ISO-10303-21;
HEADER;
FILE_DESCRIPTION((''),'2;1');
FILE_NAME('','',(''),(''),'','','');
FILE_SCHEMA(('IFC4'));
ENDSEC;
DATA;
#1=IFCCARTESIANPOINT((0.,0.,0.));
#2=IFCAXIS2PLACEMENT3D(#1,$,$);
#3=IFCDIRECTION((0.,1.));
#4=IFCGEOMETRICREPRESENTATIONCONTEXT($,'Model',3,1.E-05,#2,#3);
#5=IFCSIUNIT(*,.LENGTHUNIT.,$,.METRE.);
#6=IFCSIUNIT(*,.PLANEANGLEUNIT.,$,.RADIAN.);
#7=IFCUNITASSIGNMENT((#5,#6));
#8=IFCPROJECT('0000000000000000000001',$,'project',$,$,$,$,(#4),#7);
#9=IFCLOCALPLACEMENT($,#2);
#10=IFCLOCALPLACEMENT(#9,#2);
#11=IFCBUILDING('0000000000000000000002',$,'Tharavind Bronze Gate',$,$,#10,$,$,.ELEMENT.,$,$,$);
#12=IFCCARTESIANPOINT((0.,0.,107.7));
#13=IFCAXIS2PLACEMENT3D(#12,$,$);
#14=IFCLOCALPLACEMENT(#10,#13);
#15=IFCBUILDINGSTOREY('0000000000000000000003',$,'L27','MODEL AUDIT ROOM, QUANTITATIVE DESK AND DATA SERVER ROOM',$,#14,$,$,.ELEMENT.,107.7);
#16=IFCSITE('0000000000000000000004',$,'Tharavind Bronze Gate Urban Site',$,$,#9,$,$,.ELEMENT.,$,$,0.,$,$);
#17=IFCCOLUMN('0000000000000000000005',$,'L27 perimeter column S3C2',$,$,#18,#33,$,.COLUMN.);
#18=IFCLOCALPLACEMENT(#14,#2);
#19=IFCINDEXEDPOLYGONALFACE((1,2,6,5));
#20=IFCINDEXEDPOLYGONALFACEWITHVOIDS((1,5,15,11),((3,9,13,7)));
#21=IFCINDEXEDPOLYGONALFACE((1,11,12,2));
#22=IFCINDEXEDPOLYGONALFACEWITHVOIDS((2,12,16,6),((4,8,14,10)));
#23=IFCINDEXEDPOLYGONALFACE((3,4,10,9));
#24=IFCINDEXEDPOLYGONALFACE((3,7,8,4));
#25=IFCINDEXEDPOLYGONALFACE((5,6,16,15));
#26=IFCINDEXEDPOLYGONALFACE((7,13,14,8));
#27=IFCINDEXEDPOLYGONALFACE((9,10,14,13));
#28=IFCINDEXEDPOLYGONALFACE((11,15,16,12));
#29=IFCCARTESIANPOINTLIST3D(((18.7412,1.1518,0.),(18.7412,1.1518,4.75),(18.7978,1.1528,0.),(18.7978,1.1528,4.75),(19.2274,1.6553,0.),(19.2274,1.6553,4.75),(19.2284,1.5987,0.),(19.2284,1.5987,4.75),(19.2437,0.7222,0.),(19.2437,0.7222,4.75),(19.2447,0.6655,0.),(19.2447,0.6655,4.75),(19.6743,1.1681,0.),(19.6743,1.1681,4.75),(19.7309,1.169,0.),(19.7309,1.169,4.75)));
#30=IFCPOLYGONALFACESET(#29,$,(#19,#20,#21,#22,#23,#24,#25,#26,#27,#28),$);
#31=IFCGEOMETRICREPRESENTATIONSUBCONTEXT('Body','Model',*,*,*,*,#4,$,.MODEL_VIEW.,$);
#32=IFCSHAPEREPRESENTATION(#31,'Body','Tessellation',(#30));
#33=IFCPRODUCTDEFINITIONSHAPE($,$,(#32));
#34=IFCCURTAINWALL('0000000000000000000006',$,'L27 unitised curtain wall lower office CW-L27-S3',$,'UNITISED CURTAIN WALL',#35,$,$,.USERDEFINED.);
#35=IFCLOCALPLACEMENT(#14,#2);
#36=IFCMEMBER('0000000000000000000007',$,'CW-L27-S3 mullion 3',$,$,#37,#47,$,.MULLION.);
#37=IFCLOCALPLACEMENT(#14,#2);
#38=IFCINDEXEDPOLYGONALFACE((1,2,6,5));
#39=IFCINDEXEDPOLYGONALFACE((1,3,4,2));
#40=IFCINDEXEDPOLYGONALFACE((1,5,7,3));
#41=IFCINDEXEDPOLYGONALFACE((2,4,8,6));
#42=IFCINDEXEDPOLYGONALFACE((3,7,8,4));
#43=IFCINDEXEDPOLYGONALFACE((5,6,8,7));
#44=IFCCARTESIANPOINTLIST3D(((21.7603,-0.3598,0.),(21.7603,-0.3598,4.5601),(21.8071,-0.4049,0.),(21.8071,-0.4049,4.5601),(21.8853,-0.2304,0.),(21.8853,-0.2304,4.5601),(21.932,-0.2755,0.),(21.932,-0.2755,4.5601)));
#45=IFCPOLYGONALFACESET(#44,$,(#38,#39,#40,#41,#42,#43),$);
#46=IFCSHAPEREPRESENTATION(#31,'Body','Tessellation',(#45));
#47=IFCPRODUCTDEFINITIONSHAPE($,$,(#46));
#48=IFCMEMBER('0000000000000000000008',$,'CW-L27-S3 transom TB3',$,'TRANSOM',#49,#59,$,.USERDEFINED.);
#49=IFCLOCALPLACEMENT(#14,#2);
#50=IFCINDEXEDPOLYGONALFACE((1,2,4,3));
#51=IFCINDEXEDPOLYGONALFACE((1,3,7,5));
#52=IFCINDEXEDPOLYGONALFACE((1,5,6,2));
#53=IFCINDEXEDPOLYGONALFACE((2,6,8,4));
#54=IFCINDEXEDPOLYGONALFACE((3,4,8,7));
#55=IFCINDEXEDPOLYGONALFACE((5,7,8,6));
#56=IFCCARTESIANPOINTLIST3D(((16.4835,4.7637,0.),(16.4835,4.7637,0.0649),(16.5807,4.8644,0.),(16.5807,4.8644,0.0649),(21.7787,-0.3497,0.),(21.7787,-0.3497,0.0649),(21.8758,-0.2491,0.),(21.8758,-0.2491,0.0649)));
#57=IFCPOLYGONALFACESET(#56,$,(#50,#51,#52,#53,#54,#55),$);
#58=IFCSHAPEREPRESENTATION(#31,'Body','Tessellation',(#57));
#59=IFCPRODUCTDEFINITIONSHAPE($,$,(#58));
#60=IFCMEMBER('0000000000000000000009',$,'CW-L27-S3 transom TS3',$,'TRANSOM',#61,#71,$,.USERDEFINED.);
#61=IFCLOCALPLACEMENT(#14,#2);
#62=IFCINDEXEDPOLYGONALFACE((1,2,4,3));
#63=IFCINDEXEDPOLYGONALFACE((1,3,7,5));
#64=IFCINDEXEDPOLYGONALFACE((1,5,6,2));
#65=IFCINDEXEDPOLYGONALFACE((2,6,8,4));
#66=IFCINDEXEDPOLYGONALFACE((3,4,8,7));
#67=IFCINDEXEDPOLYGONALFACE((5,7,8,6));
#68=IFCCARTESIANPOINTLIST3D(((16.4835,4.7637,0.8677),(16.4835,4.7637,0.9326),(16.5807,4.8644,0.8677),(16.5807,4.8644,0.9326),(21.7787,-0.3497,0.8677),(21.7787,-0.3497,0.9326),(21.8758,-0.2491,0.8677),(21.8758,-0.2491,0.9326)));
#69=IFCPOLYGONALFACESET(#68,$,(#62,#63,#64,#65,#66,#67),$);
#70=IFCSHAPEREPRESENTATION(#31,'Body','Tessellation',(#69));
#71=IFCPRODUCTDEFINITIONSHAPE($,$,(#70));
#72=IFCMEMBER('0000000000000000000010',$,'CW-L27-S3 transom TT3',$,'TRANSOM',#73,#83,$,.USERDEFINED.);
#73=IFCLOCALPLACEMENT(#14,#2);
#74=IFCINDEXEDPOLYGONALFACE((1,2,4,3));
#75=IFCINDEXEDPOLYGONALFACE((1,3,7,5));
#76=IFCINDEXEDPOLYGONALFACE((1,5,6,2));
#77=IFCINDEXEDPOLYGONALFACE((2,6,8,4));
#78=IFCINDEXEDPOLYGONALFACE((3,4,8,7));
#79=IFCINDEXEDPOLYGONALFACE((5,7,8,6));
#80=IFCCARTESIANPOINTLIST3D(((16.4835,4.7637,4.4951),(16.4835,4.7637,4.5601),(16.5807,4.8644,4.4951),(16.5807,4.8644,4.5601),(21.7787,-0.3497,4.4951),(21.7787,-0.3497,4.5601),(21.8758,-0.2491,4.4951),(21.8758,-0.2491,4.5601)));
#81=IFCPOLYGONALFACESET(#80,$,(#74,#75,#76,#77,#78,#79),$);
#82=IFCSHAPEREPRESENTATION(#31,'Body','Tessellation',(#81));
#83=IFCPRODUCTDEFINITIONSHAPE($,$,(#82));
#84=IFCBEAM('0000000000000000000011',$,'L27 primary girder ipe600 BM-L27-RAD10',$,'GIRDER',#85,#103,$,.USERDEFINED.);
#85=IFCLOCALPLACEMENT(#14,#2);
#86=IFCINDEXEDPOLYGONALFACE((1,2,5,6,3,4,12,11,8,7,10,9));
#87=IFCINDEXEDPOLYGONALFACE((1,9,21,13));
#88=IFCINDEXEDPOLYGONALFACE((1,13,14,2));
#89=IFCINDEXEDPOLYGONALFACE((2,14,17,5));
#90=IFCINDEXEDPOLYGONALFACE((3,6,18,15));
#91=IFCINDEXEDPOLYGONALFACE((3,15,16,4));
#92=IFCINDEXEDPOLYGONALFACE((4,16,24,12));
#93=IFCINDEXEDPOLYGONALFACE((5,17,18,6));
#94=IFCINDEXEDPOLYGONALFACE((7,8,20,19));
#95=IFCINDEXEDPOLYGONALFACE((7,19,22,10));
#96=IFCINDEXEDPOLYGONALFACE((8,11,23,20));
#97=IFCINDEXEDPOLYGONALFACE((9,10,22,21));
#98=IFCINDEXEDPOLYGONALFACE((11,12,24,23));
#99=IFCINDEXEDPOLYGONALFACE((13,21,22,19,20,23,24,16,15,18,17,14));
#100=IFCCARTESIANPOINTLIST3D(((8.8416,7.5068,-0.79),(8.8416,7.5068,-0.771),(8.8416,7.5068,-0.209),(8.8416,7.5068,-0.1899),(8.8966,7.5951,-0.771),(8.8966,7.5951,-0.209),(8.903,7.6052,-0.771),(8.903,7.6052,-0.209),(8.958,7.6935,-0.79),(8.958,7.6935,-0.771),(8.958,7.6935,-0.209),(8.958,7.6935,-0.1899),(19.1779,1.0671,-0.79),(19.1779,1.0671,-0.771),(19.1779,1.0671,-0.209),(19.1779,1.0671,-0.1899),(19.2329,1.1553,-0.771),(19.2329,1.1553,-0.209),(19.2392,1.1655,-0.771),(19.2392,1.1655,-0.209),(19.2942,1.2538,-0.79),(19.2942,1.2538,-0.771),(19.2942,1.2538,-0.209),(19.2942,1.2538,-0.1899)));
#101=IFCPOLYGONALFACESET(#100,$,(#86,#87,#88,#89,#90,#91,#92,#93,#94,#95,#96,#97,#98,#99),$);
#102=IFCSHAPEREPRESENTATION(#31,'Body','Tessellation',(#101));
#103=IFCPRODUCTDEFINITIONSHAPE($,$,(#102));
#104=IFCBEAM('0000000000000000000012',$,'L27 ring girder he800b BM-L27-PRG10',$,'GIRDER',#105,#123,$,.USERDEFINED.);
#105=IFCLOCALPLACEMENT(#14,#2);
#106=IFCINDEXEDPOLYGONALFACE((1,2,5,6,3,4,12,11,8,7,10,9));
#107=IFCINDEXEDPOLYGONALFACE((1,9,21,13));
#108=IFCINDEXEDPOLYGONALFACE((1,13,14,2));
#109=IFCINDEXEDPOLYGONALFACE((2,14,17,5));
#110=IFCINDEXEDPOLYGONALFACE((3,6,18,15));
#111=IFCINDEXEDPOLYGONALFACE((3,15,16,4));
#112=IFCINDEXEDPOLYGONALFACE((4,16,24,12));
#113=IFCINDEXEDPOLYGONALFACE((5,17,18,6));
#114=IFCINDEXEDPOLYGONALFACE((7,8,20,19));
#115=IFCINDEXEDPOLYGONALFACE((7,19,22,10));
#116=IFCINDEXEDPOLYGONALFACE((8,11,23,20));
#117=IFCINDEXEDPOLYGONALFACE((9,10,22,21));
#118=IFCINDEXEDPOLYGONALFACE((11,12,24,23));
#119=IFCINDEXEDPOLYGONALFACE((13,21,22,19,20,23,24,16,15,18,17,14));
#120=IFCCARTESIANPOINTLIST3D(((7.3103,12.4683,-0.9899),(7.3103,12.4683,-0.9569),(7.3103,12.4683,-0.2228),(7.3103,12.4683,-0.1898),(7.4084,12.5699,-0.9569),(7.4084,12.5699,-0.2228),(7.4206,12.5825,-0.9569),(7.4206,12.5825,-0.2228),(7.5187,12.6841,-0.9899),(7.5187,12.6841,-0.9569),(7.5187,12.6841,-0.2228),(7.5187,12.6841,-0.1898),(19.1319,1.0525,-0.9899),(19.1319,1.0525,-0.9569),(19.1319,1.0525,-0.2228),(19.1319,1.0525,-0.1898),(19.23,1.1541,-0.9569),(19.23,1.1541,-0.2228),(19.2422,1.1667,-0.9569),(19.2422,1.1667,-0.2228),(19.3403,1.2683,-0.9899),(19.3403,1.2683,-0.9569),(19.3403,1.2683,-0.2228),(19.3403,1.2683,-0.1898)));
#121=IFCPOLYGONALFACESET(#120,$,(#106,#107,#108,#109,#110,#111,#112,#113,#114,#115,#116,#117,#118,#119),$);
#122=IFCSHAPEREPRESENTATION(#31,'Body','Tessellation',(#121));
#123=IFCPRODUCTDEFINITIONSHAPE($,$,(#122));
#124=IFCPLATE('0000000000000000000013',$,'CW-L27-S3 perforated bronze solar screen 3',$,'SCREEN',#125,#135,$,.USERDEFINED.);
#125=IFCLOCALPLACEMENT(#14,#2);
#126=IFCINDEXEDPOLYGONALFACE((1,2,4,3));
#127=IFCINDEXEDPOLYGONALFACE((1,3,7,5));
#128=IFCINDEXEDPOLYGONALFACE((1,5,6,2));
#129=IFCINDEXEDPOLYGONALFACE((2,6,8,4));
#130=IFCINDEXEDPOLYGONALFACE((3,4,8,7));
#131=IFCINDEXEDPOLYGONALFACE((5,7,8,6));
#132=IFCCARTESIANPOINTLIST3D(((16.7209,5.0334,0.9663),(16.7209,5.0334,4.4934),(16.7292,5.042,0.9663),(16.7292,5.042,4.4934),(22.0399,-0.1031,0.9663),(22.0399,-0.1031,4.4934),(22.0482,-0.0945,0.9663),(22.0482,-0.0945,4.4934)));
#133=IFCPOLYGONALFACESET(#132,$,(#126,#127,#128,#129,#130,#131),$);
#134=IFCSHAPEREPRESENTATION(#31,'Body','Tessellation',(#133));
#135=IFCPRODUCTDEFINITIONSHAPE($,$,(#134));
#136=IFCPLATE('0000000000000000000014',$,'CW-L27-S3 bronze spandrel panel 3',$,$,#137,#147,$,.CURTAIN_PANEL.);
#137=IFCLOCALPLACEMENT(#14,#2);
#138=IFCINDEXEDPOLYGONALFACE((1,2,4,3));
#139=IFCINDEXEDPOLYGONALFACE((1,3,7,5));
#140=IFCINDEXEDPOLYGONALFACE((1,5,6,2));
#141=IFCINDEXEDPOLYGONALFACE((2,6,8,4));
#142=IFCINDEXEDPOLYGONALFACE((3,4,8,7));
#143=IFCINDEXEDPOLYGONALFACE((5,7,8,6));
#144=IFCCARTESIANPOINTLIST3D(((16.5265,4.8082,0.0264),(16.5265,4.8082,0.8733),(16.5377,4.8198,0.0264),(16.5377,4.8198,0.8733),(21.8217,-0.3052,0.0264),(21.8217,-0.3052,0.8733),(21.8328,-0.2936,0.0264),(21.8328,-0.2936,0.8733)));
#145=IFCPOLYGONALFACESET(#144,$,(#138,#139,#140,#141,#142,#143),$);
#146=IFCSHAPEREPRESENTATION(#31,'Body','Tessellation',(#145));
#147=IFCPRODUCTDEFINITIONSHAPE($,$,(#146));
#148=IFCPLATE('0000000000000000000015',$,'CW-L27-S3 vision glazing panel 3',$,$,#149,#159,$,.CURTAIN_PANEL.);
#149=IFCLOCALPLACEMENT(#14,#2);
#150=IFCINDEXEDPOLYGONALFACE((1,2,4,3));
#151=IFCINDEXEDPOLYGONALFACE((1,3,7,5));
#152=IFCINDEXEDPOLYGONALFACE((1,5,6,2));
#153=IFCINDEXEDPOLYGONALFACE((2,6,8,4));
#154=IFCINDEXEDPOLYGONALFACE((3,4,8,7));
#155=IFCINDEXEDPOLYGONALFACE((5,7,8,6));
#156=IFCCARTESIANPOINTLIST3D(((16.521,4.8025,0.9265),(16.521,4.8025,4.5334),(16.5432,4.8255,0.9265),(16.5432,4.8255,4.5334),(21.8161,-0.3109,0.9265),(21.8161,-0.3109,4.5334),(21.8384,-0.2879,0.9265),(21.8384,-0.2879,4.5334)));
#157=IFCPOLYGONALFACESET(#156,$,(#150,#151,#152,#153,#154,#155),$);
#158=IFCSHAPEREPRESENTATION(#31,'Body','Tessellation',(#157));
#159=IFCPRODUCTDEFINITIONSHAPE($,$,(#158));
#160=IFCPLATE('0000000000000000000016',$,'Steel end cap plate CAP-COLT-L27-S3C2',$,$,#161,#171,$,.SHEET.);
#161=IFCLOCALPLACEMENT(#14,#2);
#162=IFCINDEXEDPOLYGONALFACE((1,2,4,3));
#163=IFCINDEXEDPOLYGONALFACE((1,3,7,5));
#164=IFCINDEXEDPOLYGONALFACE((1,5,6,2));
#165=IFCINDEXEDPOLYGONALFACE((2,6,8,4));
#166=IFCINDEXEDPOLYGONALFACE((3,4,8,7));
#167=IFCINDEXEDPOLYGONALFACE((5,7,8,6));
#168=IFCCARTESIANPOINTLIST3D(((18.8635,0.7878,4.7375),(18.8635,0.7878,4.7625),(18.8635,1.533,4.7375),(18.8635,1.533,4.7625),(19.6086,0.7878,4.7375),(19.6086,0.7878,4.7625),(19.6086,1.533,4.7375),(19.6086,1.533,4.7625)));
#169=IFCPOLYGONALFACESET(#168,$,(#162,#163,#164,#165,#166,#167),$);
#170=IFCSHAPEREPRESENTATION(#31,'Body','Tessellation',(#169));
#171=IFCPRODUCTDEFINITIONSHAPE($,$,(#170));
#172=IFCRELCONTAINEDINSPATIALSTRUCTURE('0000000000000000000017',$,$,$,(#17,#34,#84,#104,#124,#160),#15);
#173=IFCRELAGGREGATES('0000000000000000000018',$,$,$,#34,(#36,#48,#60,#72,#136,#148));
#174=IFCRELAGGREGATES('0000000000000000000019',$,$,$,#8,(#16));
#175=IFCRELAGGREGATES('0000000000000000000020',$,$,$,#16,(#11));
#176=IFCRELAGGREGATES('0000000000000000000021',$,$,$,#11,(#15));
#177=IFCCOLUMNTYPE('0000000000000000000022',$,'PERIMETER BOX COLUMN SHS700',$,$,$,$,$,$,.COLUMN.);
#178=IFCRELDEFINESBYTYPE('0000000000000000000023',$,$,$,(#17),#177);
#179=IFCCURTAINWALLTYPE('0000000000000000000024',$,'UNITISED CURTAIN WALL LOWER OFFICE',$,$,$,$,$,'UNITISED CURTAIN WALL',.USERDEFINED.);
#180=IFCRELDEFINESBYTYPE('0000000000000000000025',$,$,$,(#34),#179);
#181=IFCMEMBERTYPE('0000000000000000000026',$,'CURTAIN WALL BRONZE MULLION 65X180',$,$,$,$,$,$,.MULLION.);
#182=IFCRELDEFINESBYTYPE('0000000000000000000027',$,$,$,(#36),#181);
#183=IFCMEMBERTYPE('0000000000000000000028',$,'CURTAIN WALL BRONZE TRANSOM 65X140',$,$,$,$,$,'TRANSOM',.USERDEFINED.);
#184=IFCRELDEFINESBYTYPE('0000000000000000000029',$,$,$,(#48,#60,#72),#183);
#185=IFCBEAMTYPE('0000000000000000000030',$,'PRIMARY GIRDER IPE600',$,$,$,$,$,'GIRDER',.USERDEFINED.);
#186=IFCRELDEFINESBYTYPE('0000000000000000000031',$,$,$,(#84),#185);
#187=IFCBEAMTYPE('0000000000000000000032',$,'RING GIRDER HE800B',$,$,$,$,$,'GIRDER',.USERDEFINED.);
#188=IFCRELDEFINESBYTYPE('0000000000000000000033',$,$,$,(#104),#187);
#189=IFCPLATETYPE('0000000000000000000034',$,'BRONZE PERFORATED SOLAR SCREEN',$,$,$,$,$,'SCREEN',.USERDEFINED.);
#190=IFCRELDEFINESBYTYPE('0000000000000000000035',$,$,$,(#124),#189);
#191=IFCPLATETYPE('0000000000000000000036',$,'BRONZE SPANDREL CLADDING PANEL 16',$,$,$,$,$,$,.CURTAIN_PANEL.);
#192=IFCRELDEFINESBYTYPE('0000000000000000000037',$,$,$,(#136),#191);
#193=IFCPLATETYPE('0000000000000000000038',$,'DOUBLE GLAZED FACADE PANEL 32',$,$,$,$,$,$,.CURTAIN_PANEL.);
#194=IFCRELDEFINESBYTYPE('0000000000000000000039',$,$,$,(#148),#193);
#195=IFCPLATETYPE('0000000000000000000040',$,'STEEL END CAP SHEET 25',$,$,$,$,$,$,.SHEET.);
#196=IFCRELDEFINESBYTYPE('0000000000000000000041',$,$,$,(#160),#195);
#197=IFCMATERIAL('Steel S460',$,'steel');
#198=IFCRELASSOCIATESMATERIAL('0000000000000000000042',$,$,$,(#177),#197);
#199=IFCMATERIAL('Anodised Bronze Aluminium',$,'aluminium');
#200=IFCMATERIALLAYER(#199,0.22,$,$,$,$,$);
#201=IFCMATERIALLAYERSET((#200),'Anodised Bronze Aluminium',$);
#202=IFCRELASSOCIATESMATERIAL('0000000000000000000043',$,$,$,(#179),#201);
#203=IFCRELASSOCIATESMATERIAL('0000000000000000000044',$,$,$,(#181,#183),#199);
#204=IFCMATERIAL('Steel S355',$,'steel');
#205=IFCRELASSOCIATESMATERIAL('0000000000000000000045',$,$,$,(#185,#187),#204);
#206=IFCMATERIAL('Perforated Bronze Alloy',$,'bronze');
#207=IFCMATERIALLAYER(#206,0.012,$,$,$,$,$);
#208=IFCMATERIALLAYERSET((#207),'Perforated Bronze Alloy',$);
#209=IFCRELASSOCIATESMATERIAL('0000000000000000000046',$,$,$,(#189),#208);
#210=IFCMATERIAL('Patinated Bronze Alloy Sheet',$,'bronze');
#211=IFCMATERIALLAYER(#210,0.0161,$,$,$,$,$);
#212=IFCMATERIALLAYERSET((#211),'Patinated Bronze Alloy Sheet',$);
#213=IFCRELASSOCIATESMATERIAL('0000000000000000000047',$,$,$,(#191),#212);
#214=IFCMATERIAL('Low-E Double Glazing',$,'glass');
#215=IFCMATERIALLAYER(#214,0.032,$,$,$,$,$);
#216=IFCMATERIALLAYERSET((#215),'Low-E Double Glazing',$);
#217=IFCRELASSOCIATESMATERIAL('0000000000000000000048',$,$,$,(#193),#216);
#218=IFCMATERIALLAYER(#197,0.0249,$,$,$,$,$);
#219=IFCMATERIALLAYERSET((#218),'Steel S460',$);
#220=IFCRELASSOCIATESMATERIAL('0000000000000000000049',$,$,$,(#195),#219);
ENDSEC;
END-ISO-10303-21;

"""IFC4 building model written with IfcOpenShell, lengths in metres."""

from ifc_helpers import new_model, si_unit, direction, frame, origin, origin_2d, place, context, subcontext, project, spatial, rectangle, hollow_rectangle, i_section, extrude, material, layer, layer_set, material_profile, profile_set, type_object, element, aggregate, save


model = new_model("IFC4")

# Units and contexts
model_context = context("Model", 3, precision=1e-05, world=origin(), true_north=direction((0.0, 1.0)))
body_context = subcontext(model_context, "Body", "Model", "MODEL_VIEW")
ifc_project = project(units=[si_unit("LENGTHUNIT", "METRE"), si_unit("PLANEANGLEUNIT", "RADIAN")], contexts=[model_context])

# Site, building, storey
site_placement = place(None, origin())
site = spatial("IfcSite", under=ifc_project, at=site_placement, Name="Tharavind Bronze Gate Urban Site", CompositionType="ELEMENT", RefElevation=0.0)
building_placement = place(site_placement, origin())
building = spatial("IfcBuilding", under=site, at=building_placement, Name="Tharavind Bronze Gate", CompositionType="ELEMENT")
storey_placement = place(building_placement, frame((0.0, 0.0, 107.7)))
storey = spatial("IfcBuildingStorey", under=building, at=storey_placement, Name="L27", Description="MODEL AUDIT ROOM, QUANTITATIVE DESK AND DATA SERVER ROOM", CompositionType="ELEMENT", Elevation=107.7)

# Column
ifc_material_1 = material(Name="Steel S460", Category="steel")
ifc_material_profile_1 = material_profile(ifc_material_1, hollow_rectangle(XDim=0.7, YDim=0.7, WallThickness=0.04, at=origin_2d()), Name="SHS700X40")
ifc_profile_set_1 = profile_set([ifc_material_profile_1], Name="Steel S460")
column_type = type_object("IfcColumnType", Name="PERIMETER BOX COLUMN SHS700", PredefinedType="COLUMN", material=ifc_profile_set_1)
column_placement = place(storey_placement, frame((19.2361, 1.1604, 0.0), z_axis=(0.0, 0.0, 1.0), x_axis=(-0.71934, 0.694658, 0.0)))
element("IfcColumn", 1, at=column_placement, inside=storey, type_object=column_type, Name="L27 perimeter column S3C2", PredefinedType="COLUMN", context=body_context, shape_type="SweptSolid", body=[
    extrude(hollow_rectangle(XDim=0.7, YDim=0.7, WallThickness=0.04, at=origin_2d()), origin(), (0.0, 0.0, 1.0), 4.75),
])

# Curtain wall, members
ifc_material_2 = material(Name="Anodised Bronze Aluminium", Category="aluminium")
ifc_layer_1 = layer(ifc_material_2, 0.22)
ifc_layer_set_1 = layer_set([ifc_layer_1], Name="Anodised Bronze Aluminium")
curtain_wall_type = type_object("IfcCurtainWallType", Name="UNITISED CURTAIN WALL LOWER OFFICE", ElementType="UNITISED CURTAIN WALL", PredefinedType="USERDEFINED", material=ifc_layer_set_1)
curtain_wall_placement = place(storey_placement, origin())
curtain_wall = element("IfcCurtainWall", 2, at=curtain_wall_placement, inside=storey, type_object=curtain_wall_type, Name="L27 unitised curtain wall lower office CW-L27-S3", ObjectType="UNITISED CURTAIN WALL", PredefinedType="USERDEFINED")
member_type_1 = type_object("IfcMemberType", Name="CURTAIN WALL BRONZE MULLION 65X180", PredefinedType="MULLION", material=ifc_material_2)
member_1_placement = place(storey_placement, frame((21.8462, -0.3176, 0.0), z_axis=(0.0, 0.0, 1.0), x_axis=(-0.719341, 0.694657, 0.0)))
member_1 = element("IfcMember", 3, at=member_1_placement, type_object=member_type_1, Name="CW-L27-S3 mullion 3", PredefinedType="MULLION", context=body_context, shape_type="SweptSolid", body=[
    extrude(rectangle(XDim=0.0649, YDim=0.1799, at=origin_2d()), origin(), (0.0, 0.0, 1.0), 4.5601),
])
member_type_2 = type_object("IfcMemberType", Name="CURTAIN WALL BRONZE TRANSOM 65X140", ElementType="TRANSOM", PredefinedType="USERDEFINED", material=ifc_material_2)
member_2_placement = place(storey_placement, frame((19.1797, 2.2573, 0.0), z_axis=(0.0, 0.0, 1.0), x_axis=(-0.719341, 0.694657, 0.0)))
member_2 = element("IfcMember", 4, at=member_2_placement, type_object=member_type_2, Name="CW-L27-S3 transom TB3", ObjectType="TRANSOM", PredefinedType="USERDEFINED", context=body_context, shape_type="SweptSolid", body=[
    extrude(rectangle(XDim=7.3611, YDim=0.1399, at=origin_2d()), origin(), (0.0, 0.0, 1.0), 0.0649),
])
member_3_placement = place(storey_placement, frame((19.1797, 2.2573, 0.8677), z_axis=(0.0, 0.0, 1.0), x_axis=(-0.719341, 0.694657, 0.0)))
member_3 = element("IfcMember", 5, at=member_3_placement, type_object=member_type_2, Name="CW-L27-S3 transom TS3", ObjectType="TRANSOM", PredefinedType="USERDEFINED", context=body_context, shape_type="SweptSolid", body=[
    extrude(rectangle(XDim=7.3611, YDim=0.1399, at=origin_2d()), origin(), (0.0, 0.0, 1.0), 0.0649),
])
member_4_placement = place(storey_placement, frame((19.1797, 2.2573, 4.4951), z_axis=(0.0, 0.0, 1.0), x_axis=(-0.719341, 0.694657, 0.0)))
member_4 = element("IfcMember", 6, at=member_4_placement, type_object=member_type_2, Name="CW-L27-S3 transom TT3", ObjectType="TRANSOM", PredefinedType="USERDEFINED", context=body_context, shape_type="SweptSolid", body=[
    extrude(rectangle(XDim=7.3611, YDim=0.1399, at=origin_2d()), origin(), (0.0, 0.0, 1.0), 0.0649),
])

# Beams
ifc_material_3 = material(Name="Steel S355", Category="steel")
ifc_material_profile_2 = material_profile(ifc_material_3, i_section(OverallWidth=0.22, OverallDepth=0.6001, WebThickness=0.012, FlangeThickness=0.019, at=origin_2d()), Name="IPE600")
ifc_profile_set_2 = profile_set([ifc_material_profile_2], Name="Steel S355")
beam_type_1 = type_object("IfcBeamType", Name="PRIMARY GIRDER IPE600", ElementType="GIRDER", PredefinedType="USERDEFINED", material=ifc_profile_set_2)
beam_1_placement = place(storey_placement, frame((19.2361, 1.1604, -0.49), z_axis=(-0.848751, 0.528793, 0.0), x_axis=(-0.528793, -0.848751, 0.0)))
element("IfcBeam", 7, at=beam_1_placement, inside=storey, type_object=beam_type_1, Name="L27 primary girder ipe600 BM-L27-RAD10", ObjectType="GIRDER", PredefinedType="USERDEFINED", context=body_context, shape_type="SweptSolid", body=[
    extrude(i_section(OverallWidth=0.22, OverallDepth=0.6001, WebThickness=0.012, FlangeThickness=0.019, at=origin_2d()), origin(), (0.0, 0.0, 1.0), 12.1782),
])
ifc_material_profile_3 = material_profile(ifc_material_3, i_section(OverallWidth=0.3, OverallDepth=0.8, WebThickness=0.0176, FlangeThickness=0.033, at=origin_2d()), Name="HE800B")
ifc_profile_set_3 = profile_set([ifc_material_profile_3], Name="Steel S355")
beam_type_2 = type_object("IfcBeamType", Name="RING GIRDER HE800B", ElementType="GIRDER", PredefinedType="USERDEFINED", material=ifc_profile_set_3)
beam_2_placement = place(storey_placement, frame((19.2361, 1.1604, -0.5898), z_axis=(-0.719344, 0.694654, 0.0), x_axis=(-0.694654, -0.719344, 0.0)))
element("IfcBeam", 8, at=beam_2_placement, inside=storey, type_object=beam_type_2, Name="L27 ring girder he800b BM-L27-PRG10", ObjectType="GIRDER", PredefinedType="USERDEFINED", context=body_context, shape_type="SweptSolid", body=[
    extrude(i_section(OverallWidth=0.3, OverallDepth=0.8, WebThickness=0.0176, FlangeThickness=0.033, at=origin_2d()), origin(), (0.0, 0.0, 1.0), 16.4338),
])

# Plates
ifc_material_4 = material(Name="Perforated Bronze Alloy", Category="bronze")
ifc_layer_2 = layer(ifc_material_4, 0.012)
ifc_layer_set_2 = layer_set([ifc_layer_2], Name="Perforated Bronze Alloy")
plate_type_1 = type_object("IfcPlateType", Name="BRONZE PERFORATED SOLAR SCREEN", ElementType="SCREEN", PredefinedType="USERDEFINED", material=ifc_layer_set_2)
plate_1_placement = place(storey_placement, frame((19.3845, 2.4695, 0.9663), z_axis=(0.0, 0.0, 1.0), x_axis=(-0.719341, 0.694657, 0.0)))
element("IfcPlate", 9, at=plate_1_placement, inside=storey, type_object=plate_type_1, Name="CW-L27-S3 perforated bronze solar screen 3", ObjectType="SCREEN", PredefinedType="USERDEFINED", context=body_context, shape_type="SweptSolid", body=[
    extrude(rectangle(XDim=7.3943, YDim=0.012, at=origin_2d()), origin(), (0.0, 0.0, 1.0), 3.5271),
])
ifc_material_5 = material(Name="Patinated Bronze Alloy Sheet", Category="bronze")
ifc_layer_3 = layer(ifc_material_5, 0.0161)
ifc_layer_set_3 = layer_set([ifc_layer_3], Name="Patinated Bronze Alloy Sheet")
plate_type_2 = type_object("IfcPlateType", Name="BRONZE SPANDREL CLADDING PANEL 16", PredefinedType="CURTAIN_PANEL", material=ifc_layer_set_3)
plate_2_placement = place(storey_placement, frame((19.1797, 2.2573, 0.0264), z_axis=(0.0, 0.0, 1.0), x_axis=(-0.719341, 0.694657, 0.0)))
plate_2 = element("IfcPlate", 10, at=plate_2_placement, type_object=plate_type_2, Name="CW-L27-S3 bronze spandrel panel 3", PredefinedType="CURTAIN_PANEL", context=body_context, shape_type="SweptSolid", body=[
    extrude(rectangle(XDim=7.3611, YDim=0.0161, at=origin_2d()), origin(), (0.0, 0.0, 1.0), 0.8469),
])
ifc_material_6 = material(Name="Low-E Double Glazing", Category="glass")
ifc_layer_4 = layer(ifc_material_6, 0.032)
ifc_layer_set_4 = layer_set([ifc_layer_4], Name="Low-E Double Glazing")
plate_type_3 = type_object("IfcPlateType", Name="DOUBLE GLAZED FACADE PANEL 32", PredefinedType="CURTAIN_PANEL", material=ifc_layer_set_4)
plate_3_placement = place(storey_placement, frame((19.1797, 2.2573, 0.9265), z_axis=(0.0, 0.0, 1.0), x_axis=(-0.719341, 0.694657, 0.0)))
plate_3 = element("IfcPlate", 11, at=plate_3_placement, type_object=plate_type_3, Name="CW-L27-S3 vision glazing panel 3", PredefinedType="CURTAIN_PANEL", context=body_context, shape_type="SweptSolid", body=[
    extrude(rectangle(XDim=7.3611, YDim=0.032, at=origin_2d()), origin(), (0.0, 0.0, 1.0), 3.6069),
])
aggregate(curtain_wall, [member_1, member_2, member_3, member_4, plate_2, plate_3])
ifc_layer_5 = layer(ifc_material_1, 0.0249)
ifc_layer_set_5 = layer_set([ifc_layer_5], Name="Steel S460")
plate_type_4 = type_object("IfcPlateType", Name="STEEL END CAP SHEET 25", PredefinedType="SHEET", material=ifc_layer_set_5)
plate_4_placement = place(storey_placement, frame((19.2361, 1.1604, 4.7375), z_axis=(0.0, 0.0, 1.0), x_axis=(1.0, 0.0, 0.0)))
element("IfcPlate", 12, at=plate_4_placement, inside=storey, type_object=plate_type_4, Name="Steel end cap plate CAP-COLT-L27-S3C2", PredefinedType="SHEET", context=body_context, shape_type="SweptSolid", body=[
    extrude(rectangle(XDim=0.7451, YDim=0.7451, at=origin_2d()), origin(), (0.0, 0.0, 1.0), 0.0249),
])

save(model, "model.ifc")
